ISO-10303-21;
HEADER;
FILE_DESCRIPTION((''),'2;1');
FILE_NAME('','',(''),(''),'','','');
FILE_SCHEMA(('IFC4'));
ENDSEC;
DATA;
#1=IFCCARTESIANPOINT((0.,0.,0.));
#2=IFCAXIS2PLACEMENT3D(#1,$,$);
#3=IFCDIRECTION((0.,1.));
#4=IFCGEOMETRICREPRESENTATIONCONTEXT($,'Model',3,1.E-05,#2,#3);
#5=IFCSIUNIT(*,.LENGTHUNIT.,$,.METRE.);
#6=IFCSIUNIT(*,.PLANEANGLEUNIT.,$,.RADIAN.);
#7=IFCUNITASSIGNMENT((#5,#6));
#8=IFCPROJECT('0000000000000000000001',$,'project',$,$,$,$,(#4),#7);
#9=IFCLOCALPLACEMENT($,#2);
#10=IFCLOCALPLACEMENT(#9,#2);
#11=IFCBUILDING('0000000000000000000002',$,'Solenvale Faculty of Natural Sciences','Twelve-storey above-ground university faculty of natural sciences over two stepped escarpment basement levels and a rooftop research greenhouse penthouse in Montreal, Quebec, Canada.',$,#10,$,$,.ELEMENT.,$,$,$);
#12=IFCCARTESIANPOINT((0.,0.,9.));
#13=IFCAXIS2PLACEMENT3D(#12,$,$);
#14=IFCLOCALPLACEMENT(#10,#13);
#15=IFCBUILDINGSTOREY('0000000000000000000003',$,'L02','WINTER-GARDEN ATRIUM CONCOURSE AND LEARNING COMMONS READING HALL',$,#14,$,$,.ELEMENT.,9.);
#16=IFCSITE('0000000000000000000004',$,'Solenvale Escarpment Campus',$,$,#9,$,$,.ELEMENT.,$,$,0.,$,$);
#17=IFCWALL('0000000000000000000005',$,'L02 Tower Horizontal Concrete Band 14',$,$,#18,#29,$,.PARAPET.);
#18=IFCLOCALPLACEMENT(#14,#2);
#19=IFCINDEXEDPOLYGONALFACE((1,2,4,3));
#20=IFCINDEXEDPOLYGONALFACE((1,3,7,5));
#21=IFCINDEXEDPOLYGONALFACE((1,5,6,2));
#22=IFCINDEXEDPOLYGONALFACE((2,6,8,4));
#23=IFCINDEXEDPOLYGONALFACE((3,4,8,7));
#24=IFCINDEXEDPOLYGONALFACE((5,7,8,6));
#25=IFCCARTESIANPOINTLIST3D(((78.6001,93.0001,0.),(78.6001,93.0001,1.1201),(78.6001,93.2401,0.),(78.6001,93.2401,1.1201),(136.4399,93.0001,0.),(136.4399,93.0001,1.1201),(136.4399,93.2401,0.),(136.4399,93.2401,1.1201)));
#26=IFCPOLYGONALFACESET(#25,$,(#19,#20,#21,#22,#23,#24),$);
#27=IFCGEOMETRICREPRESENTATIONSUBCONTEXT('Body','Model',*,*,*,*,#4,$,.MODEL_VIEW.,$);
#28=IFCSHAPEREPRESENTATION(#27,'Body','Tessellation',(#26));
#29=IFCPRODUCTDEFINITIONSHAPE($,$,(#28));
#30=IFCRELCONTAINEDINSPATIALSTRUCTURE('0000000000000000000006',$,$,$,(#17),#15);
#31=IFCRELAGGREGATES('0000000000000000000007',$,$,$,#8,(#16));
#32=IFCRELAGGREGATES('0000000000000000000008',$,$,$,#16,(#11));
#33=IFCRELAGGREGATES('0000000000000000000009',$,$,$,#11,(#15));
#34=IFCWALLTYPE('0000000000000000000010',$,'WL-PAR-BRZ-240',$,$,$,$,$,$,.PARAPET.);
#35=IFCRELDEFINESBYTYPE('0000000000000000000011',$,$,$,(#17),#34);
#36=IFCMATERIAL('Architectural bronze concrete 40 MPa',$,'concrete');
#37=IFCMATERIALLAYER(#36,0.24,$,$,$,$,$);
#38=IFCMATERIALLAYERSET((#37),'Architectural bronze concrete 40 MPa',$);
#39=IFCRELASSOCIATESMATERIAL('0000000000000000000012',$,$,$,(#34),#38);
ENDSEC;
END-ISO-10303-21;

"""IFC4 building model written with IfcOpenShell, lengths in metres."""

from ifc_helpers import new_model, si_unit, direction, frame, frame_2d, origin, place, context, subcontext, project, spatial, rectangle, extrude, material, layer, layer_set, type_object, element, save


model = new_model("IFC4")

# Units and contexts
model_context = context("Model", 3, precision=1e-05, world=origin(), true_north=direction((0.0, 1.0)))
body_context = subcontext(model_context, "Body", "Model", "MODEL_VIEW")
ifc_project = project(units=[si_unit("LENGTHUNIT", "METRE"), si_unit("PLANEANGLEUNIT", "RADIAN")], contexts=[model_context])

# Site, building, storey
site_placement = place(None, origin())
site = spatial("IfcSite", under=ifc_project, at=site_placement, Name="Solenvale Escarpment Campus", CompositionType="ELEMENT", RefElevation=0.0)
building_placement = place(site_placement, origin())
building = spatial("IfcBuilding", under=site, at=building_placement, Name="Solenvale Faculty of Natural Sciences", Description="Twelve-storey above-ground university faculty of natural sciences over two stepped escarpment basement levels and a rooftop research greenhouse penthouse in Montreal, Quebec, Canada.", CompositionType="ELEMENT")
storey_placement = place(building_placement, frame((0.0, 0.0, 9.0)))
storey = spatial("IfcBuildingStorey", under=building, at=storey_placement, Name="L02", Description="WINTER-GARDEN ATRIUM CONCOURSE AND LEARNING COMMONS READING HALL", CompositionType="ELEMENT", Elevation=9.0)

# Wall
ifc_material_1 = material(Name="Architectural bronze concrete 40 MPa", Category="concrete")
ifc_layer_1 = layer(ifc_material_1, 0.24)
ifc_layer_set_1 = layer_set([ifc_layer_1], Name="Architectural bronze concrete 40 MPa")
wall_type_1 = type_object("IfcWallType", Name="WL-PAR-BRZ-240", PredefinedType="PARAPET", material=ifc_layer_set_1)
wall_1_placement = place(storey_placement, frame((136.4399, 93.1201, 0.0), z_axis=(0.0, 0.0, 1.0), x_axis=(-1.0, 0.0, 0.0)))
element("IfcWall", 1, at=wall_1_placement, inside=storey, type_object=wall_type_1, Name="L02 Tower Horizontal Concrete Band 14", PredefinedType="PARAPET", context=body_context, shape_type="SweptSolid", body=[
    extrude(rectangle(XDim=57.8398, YDim=0.24, at=frame_2d((28.9199, 0.0))), origin(), (0.0, 0.0, 1.0), 1.1201),
])

save(model, "model.ifc")
